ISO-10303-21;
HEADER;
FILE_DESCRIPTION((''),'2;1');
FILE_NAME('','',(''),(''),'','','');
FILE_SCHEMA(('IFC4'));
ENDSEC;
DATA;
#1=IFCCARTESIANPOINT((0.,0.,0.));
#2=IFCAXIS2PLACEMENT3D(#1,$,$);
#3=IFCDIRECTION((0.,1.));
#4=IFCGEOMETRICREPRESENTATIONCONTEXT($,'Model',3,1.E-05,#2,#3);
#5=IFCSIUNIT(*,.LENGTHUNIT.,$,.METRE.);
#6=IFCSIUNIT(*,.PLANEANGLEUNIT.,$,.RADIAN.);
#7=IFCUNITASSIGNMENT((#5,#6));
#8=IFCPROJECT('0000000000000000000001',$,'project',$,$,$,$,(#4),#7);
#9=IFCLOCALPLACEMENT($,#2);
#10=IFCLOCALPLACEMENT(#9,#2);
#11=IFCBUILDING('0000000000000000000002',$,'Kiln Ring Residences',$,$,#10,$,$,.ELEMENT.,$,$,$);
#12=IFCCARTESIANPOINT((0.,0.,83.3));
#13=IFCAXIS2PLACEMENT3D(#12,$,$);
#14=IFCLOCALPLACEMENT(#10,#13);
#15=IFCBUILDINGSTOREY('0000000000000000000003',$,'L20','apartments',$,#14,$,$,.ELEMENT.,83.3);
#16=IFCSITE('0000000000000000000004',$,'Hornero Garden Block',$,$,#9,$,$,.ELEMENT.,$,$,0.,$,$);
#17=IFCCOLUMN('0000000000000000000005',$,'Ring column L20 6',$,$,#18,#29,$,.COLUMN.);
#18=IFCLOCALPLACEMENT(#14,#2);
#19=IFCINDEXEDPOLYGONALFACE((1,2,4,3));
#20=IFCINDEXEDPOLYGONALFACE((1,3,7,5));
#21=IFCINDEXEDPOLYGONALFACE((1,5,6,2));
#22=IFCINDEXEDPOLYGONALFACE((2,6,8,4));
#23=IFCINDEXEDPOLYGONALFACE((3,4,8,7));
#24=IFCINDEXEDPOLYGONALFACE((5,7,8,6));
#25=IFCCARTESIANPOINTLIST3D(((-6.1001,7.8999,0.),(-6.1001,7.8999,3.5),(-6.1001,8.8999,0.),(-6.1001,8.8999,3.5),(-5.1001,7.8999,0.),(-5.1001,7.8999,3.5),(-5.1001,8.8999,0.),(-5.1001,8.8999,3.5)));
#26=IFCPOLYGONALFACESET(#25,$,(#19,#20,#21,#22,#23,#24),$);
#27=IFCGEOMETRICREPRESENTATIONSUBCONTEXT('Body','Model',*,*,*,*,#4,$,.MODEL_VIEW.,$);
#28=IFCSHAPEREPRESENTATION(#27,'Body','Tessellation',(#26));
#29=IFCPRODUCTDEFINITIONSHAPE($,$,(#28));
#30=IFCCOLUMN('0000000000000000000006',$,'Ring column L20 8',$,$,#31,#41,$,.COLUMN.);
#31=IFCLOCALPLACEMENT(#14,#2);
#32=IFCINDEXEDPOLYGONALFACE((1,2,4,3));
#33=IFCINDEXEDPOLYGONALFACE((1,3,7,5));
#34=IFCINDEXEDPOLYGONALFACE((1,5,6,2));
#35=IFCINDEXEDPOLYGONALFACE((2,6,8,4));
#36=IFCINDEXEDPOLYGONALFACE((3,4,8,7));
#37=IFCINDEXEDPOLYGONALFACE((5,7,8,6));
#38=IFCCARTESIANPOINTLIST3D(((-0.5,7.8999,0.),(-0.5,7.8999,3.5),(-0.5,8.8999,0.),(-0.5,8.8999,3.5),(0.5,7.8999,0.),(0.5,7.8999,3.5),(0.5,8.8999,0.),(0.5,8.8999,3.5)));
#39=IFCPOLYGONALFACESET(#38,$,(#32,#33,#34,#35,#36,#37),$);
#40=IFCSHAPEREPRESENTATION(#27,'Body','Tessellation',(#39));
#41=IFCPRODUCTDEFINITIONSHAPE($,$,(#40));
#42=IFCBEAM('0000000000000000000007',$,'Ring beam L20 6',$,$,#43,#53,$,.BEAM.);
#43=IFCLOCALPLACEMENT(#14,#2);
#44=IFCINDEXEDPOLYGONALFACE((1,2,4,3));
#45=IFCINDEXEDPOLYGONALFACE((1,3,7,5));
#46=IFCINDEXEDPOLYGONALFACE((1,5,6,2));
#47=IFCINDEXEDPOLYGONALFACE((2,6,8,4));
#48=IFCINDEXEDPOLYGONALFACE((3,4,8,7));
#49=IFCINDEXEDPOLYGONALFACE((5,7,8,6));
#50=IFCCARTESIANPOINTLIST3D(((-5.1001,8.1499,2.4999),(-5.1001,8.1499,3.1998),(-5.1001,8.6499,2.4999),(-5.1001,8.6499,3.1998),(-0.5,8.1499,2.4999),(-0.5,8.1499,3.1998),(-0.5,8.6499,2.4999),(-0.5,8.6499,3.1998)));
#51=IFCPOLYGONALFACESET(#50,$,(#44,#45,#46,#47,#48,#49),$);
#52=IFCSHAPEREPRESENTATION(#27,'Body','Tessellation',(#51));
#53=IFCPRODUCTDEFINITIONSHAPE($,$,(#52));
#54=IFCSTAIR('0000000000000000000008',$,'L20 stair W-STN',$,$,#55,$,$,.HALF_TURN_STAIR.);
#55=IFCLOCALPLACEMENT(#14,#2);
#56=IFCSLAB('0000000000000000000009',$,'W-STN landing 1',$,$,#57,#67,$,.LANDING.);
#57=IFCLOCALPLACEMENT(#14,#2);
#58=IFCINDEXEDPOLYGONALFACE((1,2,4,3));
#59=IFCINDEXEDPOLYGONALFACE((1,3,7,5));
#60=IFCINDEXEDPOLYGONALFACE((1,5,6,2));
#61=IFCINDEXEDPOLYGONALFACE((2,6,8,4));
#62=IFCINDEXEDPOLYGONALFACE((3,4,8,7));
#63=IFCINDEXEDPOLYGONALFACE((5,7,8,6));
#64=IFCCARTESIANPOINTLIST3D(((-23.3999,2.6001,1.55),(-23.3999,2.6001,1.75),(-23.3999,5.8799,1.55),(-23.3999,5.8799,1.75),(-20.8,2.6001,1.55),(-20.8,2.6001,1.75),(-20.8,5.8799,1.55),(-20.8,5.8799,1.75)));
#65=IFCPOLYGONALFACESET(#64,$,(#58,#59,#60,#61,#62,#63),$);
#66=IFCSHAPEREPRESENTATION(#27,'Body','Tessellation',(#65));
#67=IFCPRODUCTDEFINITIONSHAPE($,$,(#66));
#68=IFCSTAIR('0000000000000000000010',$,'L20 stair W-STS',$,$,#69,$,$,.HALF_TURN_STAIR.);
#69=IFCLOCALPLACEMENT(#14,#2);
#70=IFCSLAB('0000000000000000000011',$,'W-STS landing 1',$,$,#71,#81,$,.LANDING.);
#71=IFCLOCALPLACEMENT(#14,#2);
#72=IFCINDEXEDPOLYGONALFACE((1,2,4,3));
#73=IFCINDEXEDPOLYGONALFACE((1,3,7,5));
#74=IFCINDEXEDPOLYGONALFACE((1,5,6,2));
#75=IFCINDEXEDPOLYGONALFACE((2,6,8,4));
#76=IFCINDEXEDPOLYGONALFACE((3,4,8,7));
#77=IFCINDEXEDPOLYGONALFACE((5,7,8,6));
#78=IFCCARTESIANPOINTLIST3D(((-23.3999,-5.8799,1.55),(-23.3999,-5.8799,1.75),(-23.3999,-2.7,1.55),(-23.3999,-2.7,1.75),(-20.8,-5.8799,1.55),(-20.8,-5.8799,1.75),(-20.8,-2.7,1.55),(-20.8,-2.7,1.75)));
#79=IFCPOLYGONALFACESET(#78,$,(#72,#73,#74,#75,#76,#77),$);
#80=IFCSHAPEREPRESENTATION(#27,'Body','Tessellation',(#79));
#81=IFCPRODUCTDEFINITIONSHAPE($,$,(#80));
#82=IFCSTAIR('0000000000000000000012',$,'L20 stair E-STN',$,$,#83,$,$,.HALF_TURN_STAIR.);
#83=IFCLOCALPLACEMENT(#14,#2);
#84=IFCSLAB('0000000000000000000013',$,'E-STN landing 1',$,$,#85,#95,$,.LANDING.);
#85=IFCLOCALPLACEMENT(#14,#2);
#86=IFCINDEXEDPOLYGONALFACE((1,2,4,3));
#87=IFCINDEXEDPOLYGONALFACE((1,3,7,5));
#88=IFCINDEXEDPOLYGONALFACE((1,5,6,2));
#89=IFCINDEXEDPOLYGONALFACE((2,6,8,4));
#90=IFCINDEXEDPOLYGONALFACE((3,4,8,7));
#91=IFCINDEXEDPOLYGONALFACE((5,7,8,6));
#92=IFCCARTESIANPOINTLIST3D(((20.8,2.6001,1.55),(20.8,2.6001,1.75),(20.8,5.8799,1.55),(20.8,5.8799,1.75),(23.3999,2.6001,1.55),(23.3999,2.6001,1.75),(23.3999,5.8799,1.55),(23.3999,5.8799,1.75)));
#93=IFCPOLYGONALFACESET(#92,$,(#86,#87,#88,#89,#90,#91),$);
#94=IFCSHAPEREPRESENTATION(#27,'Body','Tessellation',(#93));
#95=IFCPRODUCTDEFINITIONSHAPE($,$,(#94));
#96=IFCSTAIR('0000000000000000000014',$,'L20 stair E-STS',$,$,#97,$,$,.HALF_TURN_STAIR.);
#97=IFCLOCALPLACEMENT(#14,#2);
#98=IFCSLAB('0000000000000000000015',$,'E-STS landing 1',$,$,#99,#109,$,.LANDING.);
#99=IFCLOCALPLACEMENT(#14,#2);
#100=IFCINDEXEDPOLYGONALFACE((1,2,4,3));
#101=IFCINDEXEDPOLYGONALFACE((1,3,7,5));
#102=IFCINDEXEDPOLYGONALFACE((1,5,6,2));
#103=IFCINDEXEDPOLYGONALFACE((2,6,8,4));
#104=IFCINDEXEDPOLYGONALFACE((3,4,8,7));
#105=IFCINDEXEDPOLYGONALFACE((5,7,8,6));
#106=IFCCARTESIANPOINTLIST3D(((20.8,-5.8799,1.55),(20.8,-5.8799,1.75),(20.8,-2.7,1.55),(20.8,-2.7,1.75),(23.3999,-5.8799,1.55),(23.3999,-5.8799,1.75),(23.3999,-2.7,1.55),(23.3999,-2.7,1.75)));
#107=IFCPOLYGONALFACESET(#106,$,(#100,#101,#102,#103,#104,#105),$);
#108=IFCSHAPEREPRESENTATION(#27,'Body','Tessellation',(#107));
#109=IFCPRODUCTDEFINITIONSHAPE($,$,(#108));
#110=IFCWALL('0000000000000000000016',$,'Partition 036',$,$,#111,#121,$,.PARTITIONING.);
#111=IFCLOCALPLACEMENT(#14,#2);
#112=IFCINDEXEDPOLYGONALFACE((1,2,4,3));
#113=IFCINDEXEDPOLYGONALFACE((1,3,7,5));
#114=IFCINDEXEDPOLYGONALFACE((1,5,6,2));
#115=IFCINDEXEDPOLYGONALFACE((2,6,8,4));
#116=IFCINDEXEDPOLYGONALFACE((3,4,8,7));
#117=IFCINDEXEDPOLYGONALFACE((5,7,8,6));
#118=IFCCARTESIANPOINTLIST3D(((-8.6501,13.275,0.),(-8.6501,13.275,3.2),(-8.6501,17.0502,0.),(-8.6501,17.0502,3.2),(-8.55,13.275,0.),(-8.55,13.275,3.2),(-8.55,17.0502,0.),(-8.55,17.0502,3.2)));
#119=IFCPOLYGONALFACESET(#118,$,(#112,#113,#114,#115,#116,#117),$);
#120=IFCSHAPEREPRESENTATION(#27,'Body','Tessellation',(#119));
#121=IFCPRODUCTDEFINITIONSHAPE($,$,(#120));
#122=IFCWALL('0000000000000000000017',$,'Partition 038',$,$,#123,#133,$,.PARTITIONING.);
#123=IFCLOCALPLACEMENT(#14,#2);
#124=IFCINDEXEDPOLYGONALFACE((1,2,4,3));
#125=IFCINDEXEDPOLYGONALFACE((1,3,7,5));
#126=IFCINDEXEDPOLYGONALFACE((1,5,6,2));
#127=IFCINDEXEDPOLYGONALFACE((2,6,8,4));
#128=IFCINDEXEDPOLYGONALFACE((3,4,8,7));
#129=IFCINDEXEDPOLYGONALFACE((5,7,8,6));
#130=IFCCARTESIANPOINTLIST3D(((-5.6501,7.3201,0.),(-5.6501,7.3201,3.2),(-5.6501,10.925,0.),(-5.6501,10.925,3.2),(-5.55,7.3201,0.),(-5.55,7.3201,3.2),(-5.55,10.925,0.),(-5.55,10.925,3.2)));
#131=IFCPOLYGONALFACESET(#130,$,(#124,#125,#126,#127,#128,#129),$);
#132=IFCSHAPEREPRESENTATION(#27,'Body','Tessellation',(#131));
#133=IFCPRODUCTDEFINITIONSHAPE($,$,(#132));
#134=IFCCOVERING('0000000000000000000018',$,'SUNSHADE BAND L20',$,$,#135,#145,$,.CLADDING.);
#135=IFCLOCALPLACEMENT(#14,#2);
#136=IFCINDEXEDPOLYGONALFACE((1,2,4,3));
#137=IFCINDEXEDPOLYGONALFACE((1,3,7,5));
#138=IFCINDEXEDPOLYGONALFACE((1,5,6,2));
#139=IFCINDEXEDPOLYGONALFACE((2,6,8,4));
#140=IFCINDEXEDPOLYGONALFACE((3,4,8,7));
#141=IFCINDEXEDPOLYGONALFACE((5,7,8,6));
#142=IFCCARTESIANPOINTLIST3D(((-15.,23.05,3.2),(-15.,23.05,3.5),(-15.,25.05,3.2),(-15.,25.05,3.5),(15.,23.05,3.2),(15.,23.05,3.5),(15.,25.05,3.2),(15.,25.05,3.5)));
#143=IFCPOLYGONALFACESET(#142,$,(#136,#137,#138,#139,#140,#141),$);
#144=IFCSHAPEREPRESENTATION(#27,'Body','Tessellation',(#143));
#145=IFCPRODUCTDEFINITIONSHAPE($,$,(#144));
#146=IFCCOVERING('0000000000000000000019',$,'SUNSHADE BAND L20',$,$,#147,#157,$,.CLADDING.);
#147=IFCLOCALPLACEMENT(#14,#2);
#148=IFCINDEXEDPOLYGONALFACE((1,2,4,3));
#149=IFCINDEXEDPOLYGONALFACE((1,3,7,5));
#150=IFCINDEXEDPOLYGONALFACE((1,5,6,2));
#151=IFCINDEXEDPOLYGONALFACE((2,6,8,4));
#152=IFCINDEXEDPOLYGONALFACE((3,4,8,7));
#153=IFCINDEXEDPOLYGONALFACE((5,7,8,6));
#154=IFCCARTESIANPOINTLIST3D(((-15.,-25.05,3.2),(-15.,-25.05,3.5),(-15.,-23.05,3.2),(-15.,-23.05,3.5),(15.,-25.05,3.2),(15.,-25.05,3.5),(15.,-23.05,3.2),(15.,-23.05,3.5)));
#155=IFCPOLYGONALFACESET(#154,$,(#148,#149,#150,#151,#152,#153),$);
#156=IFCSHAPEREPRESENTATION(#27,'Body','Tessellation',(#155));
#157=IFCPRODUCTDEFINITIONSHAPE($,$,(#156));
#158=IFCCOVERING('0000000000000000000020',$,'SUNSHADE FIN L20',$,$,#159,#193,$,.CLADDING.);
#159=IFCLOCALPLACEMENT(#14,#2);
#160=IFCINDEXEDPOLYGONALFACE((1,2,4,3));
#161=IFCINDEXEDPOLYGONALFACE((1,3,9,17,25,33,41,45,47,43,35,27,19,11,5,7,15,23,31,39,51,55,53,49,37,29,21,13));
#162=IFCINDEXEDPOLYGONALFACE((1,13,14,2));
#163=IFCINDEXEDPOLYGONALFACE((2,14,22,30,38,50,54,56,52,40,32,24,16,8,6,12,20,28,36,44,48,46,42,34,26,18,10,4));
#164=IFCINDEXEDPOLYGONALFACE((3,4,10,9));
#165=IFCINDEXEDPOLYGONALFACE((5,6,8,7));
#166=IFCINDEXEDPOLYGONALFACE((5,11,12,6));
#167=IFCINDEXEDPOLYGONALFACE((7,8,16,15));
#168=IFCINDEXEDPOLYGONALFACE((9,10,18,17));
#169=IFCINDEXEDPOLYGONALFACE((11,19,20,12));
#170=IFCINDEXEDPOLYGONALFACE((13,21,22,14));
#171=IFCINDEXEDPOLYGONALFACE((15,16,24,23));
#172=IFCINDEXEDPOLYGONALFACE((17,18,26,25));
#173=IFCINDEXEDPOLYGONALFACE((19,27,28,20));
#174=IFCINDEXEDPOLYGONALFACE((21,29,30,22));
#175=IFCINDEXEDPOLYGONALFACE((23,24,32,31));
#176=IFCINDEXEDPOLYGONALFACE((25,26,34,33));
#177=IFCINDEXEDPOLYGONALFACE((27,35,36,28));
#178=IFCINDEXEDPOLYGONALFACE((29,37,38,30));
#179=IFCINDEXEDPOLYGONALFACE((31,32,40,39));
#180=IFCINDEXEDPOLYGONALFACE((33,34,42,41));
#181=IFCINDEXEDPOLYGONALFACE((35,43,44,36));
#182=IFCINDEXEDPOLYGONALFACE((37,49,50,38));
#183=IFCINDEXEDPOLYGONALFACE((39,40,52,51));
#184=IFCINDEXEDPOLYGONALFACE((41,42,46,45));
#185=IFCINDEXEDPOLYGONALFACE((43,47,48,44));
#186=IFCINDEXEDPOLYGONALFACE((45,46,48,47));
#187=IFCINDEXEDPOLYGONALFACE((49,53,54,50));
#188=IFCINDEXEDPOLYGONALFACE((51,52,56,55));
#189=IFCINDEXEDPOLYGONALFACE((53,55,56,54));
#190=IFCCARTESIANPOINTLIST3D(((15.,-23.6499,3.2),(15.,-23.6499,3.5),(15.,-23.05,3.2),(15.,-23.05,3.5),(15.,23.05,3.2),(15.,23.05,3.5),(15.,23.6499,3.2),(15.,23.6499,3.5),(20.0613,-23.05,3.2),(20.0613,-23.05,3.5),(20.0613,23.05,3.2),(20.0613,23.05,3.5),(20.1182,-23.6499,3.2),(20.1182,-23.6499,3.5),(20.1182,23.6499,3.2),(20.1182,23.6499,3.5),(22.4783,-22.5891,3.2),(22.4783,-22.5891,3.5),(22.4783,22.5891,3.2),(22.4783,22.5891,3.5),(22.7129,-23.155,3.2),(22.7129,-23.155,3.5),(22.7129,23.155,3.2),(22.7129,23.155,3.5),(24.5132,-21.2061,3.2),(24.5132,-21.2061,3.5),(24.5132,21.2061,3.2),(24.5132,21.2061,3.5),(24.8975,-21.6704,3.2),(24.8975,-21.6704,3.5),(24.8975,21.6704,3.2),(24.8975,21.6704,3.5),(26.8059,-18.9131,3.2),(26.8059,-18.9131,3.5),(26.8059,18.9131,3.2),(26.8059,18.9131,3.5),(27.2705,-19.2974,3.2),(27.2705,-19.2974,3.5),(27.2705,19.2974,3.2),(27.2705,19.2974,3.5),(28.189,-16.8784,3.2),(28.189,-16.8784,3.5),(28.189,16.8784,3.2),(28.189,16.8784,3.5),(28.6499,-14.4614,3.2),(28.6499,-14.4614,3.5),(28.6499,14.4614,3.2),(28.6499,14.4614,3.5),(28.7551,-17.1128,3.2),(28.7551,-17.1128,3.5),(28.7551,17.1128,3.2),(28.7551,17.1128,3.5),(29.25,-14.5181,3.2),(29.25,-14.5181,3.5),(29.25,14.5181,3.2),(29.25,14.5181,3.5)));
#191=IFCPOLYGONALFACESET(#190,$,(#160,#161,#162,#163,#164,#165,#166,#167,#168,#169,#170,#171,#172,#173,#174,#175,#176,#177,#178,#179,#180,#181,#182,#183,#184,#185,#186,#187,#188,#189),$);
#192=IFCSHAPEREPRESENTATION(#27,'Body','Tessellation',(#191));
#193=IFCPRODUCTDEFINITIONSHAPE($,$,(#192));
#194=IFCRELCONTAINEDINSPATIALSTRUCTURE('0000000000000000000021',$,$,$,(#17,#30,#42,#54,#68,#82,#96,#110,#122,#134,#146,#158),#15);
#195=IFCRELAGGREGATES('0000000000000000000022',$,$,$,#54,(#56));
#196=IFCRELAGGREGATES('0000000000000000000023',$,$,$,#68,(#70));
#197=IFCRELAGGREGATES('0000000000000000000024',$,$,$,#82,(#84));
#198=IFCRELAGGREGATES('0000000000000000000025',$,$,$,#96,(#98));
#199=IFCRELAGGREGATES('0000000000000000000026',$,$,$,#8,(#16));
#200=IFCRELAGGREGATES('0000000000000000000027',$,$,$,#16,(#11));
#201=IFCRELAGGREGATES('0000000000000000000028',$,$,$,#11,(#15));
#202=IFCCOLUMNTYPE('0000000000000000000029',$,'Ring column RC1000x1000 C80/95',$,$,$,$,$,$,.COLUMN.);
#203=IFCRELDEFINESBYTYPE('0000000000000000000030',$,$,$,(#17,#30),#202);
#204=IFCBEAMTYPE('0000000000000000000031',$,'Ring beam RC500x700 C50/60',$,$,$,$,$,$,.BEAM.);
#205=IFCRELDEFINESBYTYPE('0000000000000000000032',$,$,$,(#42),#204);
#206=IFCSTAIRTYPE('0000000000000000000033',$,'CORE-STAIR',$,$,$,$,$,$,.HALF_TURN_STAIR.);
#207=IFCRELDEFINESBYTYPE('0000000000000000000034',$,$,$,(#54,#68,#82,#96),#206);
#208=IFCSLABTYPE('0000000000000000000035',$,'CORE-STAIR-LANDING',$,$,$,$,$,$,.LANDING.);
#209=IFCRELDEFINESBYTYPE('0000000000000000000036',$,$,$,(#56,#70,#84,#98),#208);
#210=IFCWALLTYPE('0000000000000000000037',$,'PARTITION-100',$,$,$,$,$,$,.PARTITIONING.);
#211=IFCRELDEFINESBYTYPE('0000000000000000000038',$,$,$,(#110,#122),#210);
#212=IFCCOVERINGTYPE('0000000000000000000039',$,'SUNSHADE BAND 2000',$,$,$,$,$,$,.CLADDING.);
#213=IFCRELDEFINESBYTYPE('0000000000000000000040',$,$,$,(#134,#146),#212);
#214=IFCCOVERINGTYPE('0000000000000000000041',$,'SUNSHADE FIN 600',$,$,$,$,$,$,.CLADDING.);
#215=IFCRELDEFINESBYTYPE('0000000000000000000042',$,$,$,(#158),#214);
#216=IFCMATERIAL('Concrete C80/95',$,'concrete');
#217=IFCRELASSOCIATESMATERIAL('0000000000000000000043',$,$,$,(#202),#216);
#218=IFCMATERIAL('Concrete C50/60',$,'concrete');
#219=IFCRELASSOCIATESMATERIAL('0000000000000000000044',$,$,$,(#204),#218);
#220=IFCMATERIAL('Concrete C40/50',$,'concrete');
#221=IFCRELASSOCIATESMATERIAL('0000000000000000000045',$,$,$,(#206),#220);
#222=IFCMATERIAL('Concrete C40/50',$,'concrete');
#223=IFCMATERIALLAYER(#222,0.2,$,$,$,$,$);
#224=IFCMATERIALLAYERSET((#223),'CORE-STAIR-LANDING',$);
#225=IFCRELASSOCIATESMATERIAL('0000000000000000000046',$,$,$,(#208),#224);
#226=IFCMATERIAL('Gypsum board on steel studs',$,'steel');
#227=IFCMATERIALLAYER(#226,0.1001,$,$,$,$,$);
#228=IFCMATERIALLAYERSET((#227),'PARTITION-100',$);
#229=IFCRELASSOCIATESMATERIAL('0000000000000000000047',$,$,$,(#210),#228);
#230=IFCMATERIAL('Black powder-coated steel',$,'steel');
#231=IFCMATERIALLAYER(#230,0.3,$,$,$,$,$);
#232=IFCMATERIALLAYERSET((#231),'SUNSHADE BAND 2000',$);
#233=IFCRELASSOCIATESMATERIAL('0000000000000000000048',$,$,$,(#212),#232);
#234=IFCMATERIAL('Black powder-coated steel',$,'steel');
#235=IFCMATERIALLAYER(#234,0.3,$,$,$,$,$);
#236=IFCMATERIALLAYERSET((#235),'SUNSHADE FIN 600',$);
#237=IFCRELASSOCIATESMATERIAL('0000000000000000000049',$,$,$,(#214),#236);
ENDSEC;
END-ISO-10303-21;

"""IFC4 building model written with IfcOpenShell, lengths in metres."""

from ifc_helpers import new_model, si_unit, direction, frame, frame_2d, origin, origin_2d, place, context, subcontext, project, spatial, polyline, rectangle, outline, extrude, material, layer, layer_set, material_profile, profile_set, type_object, element, aggregate, save


model = new_model("IFC4")

# Units and contexts
model_context = context("Model", 3, precision=1e-05, world=origin(), true_north=direction((0.0, 1.0)))
body_context = subcontext(model_context, "Body", "Model", "MODEL_VIEW")
ifc_project = project(units=[si_unit("LENGTHUNIT", "METRE"), si_unit("PLANEANGLEUNIT", "RADIAN")], contexts=[model_context])

# Site, building, storey
site_placement = place(None, origin())
site = spatial("IfcSite", under=ifc_project, at=site_placement, Name="Hornero Garden Block", CompositionType="ELEMENT", RefElevation=0.0)
building_placement = place(site_placement, origin())
building = spatial("IfcBuilding", under=site, at=building_placement, Name="Kiln Ring Residences", CompositionType="ELEMENT")
storey_placement = place(building_placement, frame((0.0, 0.0, 83.3)))
storey = spatial("IfcBuildingStorey", under=building, at=storey_placement, Name="L20", Description="apartments", CompositionType="ELEMENT", Elevation=83.3)

# Columns
ifc_material_1 = material(Name="Concrete C80/95", Category="concrete")
ifc_material_profile_1 = material_profile(ifc_material_1, rectangle(XDim=1.0, YDim=1.0, at=origin_2d()), Name="RC1000x1000")
ifc_profile_set_1 = profile_set([ifc_material_profile_1], Name="Concrete C80/95")
column_type = type_object("IfcColumnType", Name="Ring column RC1000x1000 C80/95", PredefinedType="COLUMN", material=ifc_profile_set_1)
for number, where, z_axis, x_axis, name in (
    (1, (-5.6001, 8.3999, 0.0), (0.0, 0.0, 1.0), (1.0, 0.0, 0.0), "Ring column L20 6"),
    (2, (0.0, 8.3999, 0.0), (0.0, 0.0, 1.0), (1.0, 0.0, 0.0), "Ring column L20 8"),
):
    element("IfcColumn", number, at=place(storey_placement, frame(where, z_axis=z_axis, x_axis=x_axis)), inside=storey, type_object=column_type, Name=name, PredefinedType="COLUMN", context=body_context, shape_type="SweptSolid", body=[
        extrude(rectangle(XDim=1.0, YDim=1.0, at=origin_2d()), origin(), (0.0, 0.0, 1.0), 3.5),
    ])

# Beam
ifc_material_2 = material(Name="Concrete C50/60", Category="concrete")
ifc_material_profile_2 = material_profile(ifc_material_2, rectangle(XDim=0.5, YDim=0.7, at=origin_2d()), Name="RC500x700")
ifc_profile_set_2 = profile_set([ifc_material_profile_2], Name="Concrete C50/60")
beam_type = type_object("IfcBeamType", Name="Ring beam RC500x700 C50/60", PredefinedType="BEAM", material=ifc_profile_set_2)
beam_placement = place(storey_placement, frame((-5.1001, 8.3999, 2.8499), z_axis=(1.0, 0.0, 0.0), x_axis=(0.0, 1.0, 0.0)))
element("IfcBeam", 3, at=beam_placement, inside=storey, type_object=beam_type, Name="Ring beam L20 6", PredefinedType="BEAM", context=body_context, shape_type="SweptSolid", body=[
    extrude(rectangle(XDim=0.5, YDim=0.7, at=origin_2d()), origin(), (0.0, 0.0, 1.0), 4.6001),
])

# Stairs, slabs
ifc_material_3 = material(Name="Concrete C40/50", Category="concrete")
stair_type = type_object("IfcStairType", Name="CORE-STAIR", PredefinedType="HALF_TURN_STAIR", material=ifc_material_3)
placement_1 = place(storey_placement, origin())
stair_1 = element("IfcStair", 4, at=placement_1, inside=storey, type_object=stair_type, Name="L20 stair W-STN", PredefinedType="HALF_TURN_STAIR")
ifc_material_4 = material(Name="Concrete C40/50", Category="concrete")
ifc_layer_1 = layer(ifc_material_4, 0.2)
ifc_layer_set_1 = layer_set([ifc_layer_1], Name="CORE-STAIR-LANDING")
slab_type = type_object("IfcSlabType", Name="CORE-STAIR-LANDING", PredefinedType="LANDING", material=ifc_layer_set_1)
placement_2 = place(storey_placement, frame((0.0, 0.0, 1.55)))
slab_1 = element("IfcSlab", 5, at=placement_2, type_object=slab_type, Name="W-STN landing 1", PredefinedType="LANDING", context=body_context, shape_type="SweptSolid", body=[
    extrude(outline(polyline([(-23.3999, 5.8799), (-23.3999, 2.6001), (-20.8, 2.6001), (-20.8, 5.8799), (-23.3999, 5.8799)])), origin(), (0.0, 0.0, 1.0), 0.2),
])
aggregate(stair_1, [slab_1])
stair_2 = element("IfcStair", 6, at=placement_1, inside=storey, type_object=stair_type, Name="L20 stair W-STS", PredefinedType="HALF_TURN_STAIR")
slab_2 = element("IfcSlab", 7, at=placement_2, type_object=slab_type, Name="W-STS landing 1", PredefinedType="LANDING", context=body_context, shape_type="SweptSolid", body=[
    extrude(outline(polyline([(-20.8, -5.8799), (-20.8, -2.7), (-23.3999, -2.7), (-23.3999, -5.8799), (-20.8, -5.8799)])), origin(), (0.0, 0.0, 1.0), 0.2),
])
aggregate(stair_2, [slab_2])
stair_3 = element("IfcStair", 8, at=placement_1, inside=storey, type_object=stair_type, Name="L20 stair E-STN", PredefinedType="HALF_TURN_STAIR")
slab_3 = element("IfcSlab", 9, at=placement_2, type_object=slab_type, Name="E-STN landing 1", PredefinedType="LANDING", context=body_context, shape_type="SweptSolid", body=[
    extrude(outline(polyline([(20.8, 5.8799), (20.8, 2.6001), (23.3999, 2.6001), (23.3999, 5.8799), (20.8, 5.8799)])), origin(), (0.0, 0.0, 1.0), 0.2),
])
aggregate(stair_3, [slab_3])
stair_4 = element("IfcStair", 10, at=placement_1, inside=storey, type_object=stair_type, Name="L20 stair E-STS", PredefinedType="HALF_TURN_STAIR")
slab_4 = element("IfcSlab", 11, at=placement_2, type_object=slab_type, Name="E-STS landing 1", PredefinedType="LANDING", context=body_context, shape_type="SweptSolid", body=[
    extrude(outline(polyline([(23.3999, -5.8799), (23.3999, -2.7), (20.8, -2.7), (20.8, -5.8799), (23.3999, -5.8799)])), origin(), (0.0, 0.0, 1.0), 0.2),
])
aggregate(stair_4, [slab_4])

# Walls
ifc_material_5 = material(Name="Gypsum board on steel studs", Category="steel")
ifc_layer_2 = layer(ifc_material_5, 0.1001)
ifc_layer_set_2 = layer_set([ifc_layer_2], Name="PARTITION-100")
wall_type = type_object("IfcWallType", Name="PARTITION-100", PredefinedType="PARTITIONING", material=ifc_layer_set_2)
wall_1_placement = place(storey_placement, frame((-8.6001, 13.2749, 0.0), z_axis=(0.0, 0.0, 1.0), x_axis=(0.0, 1.0, 0.0)))
element("IfcWall", 12, at=wall_1_placement, inside=storey, type_object=wall_type, Name="Partition 036", PredefinedType="PARTITIONING", context=body_context, shape_type="SweptSolid", body=[
    extrude(rectangle(XDim=3.7751, YDim=0.1001, at=frame_2d((1.8877, 0.0))), origin(), (0.0, 0.0, 1.0), 3.2),
])
wall_2_placement = place(storey_placement, frame((-5.6001, 7.3201, 0.0), z_axis=(0.0, 0.0, 1.0), x_axis=(0.0, 1.0, 0.0)))
element("IfcWall", 13, at=wall_2_placement, inside=storey, type_object=wall_type, Name="Partition 038", PredefinedType="PARTITIONING", context=body_context, shape_type="SweptSolid", body=[
    extrude(rectangle(XDim=3.605, YDim=0.1001, at=frame_2d((1.8025, 0.0))), origin(), (0.0, 0.0, 1.0), 3.2),
])

# Coverings
ifc_material_6 = material(Name="Black powder-coated steel", Category="steel")
ifc_layer_3 = layer(ifc_material_6, 0.3)
ifc_layer_set_3 = layer_set([ifc_layer_3], Name="SUNSHADE BAND 2000")
covering_type_1 = type_object("IfcCoveringType", Name="SUNSHADE BAND 2000", PredefinedType="CLADDING", material=ifc_layer_set_3)
placement_3 = place(storey_placement, frame((0.0, 0.0, 3.2)))
element("IfcCovering", 14, at=placement_3, inside=storey, type_object=covering_type_1, Name="SUNSHADE BAND L20", PredefinedType="CLADDING", context=body_context, shape_type="SweptSolid", body=[
    extrude(outline(polyline([(15.0, 25.05), (-15.0, 25.05), (-15.0, 23.05), (15.0, 23.05), (15.0, 25.05)])), origin(), (0.0, 0.0, 1.0), 0.3),
])
element("IfcCovering", 15, at=placement_3, inside=storey, type_object=covering_type_1, Name="SUNSHADE BAND L20", PredefinedType="CLADDING", context=body_context, shape_type="SweptSolid", body=[
    extrude(outline(polyline([(-15.0, -25.05), (15.0, -25.05), (15.0, -23.05), (-15.0, -23.05), (-15.0, -25.05)])), origin(), (0.0, 0.0, 1.0), 0.3),
])
ifc_material_7 = material(Name="Black powder-coated steel", Category="steel")
ifc_layer_4 = layer(ifc_material_7, 0.3)
ifc_layer_set_4 = layer_set([ifc_layer_4], Name="SUNSHADE FIN 600")
covering_type_2 = type_object("IfcCoveringType", Name="SUNSHADE FIN 600", PredefinedType="CLADDING", material=ifc_layer_set_4)
element("IfcCovering", 16, at=placement_3, inside=storey, type_object=covering_type_2, Name="SUNSHADE FIN L20", PredefinedType="CLADDING", context=body_context, shape_type="SweptSolid", body=[
    extrude(outline(polyline([(20.1182, 23.6499), (15.0, 23.6499), (15.0, 23.05), (20.0613, 23.05), (22.4783, 22.5891), (24.5132, 21.2061), (26.8059, 18.9131), (28.189, 16.8784), (28.6499, 14.4614), (28.6499, -14.4614), (28.189, -16.8784), (26.8059, -18.9131), (24.5132, -21.2061), (22.4783, -22.5891), (20.0613, -23.05), (15.0, -23.05), (15.0, -23.6499), (20.1182, -23.6499), (22.7129, -23.155), (24.8975, -21.6704), (27.2705, -19.2974), (28.7551, -17.1128), (29.25, -14.5181), (29.25, 14.5181), (28.7551, 17.1128), (27.2705, 19.2974), (24.8975, 21.6704), (22.7129, 23.155), (20.1182, 23.6499)])), origin(), (0.0, 0.0, 1.0), 0.3),
])

save(model, "model.ifc")
